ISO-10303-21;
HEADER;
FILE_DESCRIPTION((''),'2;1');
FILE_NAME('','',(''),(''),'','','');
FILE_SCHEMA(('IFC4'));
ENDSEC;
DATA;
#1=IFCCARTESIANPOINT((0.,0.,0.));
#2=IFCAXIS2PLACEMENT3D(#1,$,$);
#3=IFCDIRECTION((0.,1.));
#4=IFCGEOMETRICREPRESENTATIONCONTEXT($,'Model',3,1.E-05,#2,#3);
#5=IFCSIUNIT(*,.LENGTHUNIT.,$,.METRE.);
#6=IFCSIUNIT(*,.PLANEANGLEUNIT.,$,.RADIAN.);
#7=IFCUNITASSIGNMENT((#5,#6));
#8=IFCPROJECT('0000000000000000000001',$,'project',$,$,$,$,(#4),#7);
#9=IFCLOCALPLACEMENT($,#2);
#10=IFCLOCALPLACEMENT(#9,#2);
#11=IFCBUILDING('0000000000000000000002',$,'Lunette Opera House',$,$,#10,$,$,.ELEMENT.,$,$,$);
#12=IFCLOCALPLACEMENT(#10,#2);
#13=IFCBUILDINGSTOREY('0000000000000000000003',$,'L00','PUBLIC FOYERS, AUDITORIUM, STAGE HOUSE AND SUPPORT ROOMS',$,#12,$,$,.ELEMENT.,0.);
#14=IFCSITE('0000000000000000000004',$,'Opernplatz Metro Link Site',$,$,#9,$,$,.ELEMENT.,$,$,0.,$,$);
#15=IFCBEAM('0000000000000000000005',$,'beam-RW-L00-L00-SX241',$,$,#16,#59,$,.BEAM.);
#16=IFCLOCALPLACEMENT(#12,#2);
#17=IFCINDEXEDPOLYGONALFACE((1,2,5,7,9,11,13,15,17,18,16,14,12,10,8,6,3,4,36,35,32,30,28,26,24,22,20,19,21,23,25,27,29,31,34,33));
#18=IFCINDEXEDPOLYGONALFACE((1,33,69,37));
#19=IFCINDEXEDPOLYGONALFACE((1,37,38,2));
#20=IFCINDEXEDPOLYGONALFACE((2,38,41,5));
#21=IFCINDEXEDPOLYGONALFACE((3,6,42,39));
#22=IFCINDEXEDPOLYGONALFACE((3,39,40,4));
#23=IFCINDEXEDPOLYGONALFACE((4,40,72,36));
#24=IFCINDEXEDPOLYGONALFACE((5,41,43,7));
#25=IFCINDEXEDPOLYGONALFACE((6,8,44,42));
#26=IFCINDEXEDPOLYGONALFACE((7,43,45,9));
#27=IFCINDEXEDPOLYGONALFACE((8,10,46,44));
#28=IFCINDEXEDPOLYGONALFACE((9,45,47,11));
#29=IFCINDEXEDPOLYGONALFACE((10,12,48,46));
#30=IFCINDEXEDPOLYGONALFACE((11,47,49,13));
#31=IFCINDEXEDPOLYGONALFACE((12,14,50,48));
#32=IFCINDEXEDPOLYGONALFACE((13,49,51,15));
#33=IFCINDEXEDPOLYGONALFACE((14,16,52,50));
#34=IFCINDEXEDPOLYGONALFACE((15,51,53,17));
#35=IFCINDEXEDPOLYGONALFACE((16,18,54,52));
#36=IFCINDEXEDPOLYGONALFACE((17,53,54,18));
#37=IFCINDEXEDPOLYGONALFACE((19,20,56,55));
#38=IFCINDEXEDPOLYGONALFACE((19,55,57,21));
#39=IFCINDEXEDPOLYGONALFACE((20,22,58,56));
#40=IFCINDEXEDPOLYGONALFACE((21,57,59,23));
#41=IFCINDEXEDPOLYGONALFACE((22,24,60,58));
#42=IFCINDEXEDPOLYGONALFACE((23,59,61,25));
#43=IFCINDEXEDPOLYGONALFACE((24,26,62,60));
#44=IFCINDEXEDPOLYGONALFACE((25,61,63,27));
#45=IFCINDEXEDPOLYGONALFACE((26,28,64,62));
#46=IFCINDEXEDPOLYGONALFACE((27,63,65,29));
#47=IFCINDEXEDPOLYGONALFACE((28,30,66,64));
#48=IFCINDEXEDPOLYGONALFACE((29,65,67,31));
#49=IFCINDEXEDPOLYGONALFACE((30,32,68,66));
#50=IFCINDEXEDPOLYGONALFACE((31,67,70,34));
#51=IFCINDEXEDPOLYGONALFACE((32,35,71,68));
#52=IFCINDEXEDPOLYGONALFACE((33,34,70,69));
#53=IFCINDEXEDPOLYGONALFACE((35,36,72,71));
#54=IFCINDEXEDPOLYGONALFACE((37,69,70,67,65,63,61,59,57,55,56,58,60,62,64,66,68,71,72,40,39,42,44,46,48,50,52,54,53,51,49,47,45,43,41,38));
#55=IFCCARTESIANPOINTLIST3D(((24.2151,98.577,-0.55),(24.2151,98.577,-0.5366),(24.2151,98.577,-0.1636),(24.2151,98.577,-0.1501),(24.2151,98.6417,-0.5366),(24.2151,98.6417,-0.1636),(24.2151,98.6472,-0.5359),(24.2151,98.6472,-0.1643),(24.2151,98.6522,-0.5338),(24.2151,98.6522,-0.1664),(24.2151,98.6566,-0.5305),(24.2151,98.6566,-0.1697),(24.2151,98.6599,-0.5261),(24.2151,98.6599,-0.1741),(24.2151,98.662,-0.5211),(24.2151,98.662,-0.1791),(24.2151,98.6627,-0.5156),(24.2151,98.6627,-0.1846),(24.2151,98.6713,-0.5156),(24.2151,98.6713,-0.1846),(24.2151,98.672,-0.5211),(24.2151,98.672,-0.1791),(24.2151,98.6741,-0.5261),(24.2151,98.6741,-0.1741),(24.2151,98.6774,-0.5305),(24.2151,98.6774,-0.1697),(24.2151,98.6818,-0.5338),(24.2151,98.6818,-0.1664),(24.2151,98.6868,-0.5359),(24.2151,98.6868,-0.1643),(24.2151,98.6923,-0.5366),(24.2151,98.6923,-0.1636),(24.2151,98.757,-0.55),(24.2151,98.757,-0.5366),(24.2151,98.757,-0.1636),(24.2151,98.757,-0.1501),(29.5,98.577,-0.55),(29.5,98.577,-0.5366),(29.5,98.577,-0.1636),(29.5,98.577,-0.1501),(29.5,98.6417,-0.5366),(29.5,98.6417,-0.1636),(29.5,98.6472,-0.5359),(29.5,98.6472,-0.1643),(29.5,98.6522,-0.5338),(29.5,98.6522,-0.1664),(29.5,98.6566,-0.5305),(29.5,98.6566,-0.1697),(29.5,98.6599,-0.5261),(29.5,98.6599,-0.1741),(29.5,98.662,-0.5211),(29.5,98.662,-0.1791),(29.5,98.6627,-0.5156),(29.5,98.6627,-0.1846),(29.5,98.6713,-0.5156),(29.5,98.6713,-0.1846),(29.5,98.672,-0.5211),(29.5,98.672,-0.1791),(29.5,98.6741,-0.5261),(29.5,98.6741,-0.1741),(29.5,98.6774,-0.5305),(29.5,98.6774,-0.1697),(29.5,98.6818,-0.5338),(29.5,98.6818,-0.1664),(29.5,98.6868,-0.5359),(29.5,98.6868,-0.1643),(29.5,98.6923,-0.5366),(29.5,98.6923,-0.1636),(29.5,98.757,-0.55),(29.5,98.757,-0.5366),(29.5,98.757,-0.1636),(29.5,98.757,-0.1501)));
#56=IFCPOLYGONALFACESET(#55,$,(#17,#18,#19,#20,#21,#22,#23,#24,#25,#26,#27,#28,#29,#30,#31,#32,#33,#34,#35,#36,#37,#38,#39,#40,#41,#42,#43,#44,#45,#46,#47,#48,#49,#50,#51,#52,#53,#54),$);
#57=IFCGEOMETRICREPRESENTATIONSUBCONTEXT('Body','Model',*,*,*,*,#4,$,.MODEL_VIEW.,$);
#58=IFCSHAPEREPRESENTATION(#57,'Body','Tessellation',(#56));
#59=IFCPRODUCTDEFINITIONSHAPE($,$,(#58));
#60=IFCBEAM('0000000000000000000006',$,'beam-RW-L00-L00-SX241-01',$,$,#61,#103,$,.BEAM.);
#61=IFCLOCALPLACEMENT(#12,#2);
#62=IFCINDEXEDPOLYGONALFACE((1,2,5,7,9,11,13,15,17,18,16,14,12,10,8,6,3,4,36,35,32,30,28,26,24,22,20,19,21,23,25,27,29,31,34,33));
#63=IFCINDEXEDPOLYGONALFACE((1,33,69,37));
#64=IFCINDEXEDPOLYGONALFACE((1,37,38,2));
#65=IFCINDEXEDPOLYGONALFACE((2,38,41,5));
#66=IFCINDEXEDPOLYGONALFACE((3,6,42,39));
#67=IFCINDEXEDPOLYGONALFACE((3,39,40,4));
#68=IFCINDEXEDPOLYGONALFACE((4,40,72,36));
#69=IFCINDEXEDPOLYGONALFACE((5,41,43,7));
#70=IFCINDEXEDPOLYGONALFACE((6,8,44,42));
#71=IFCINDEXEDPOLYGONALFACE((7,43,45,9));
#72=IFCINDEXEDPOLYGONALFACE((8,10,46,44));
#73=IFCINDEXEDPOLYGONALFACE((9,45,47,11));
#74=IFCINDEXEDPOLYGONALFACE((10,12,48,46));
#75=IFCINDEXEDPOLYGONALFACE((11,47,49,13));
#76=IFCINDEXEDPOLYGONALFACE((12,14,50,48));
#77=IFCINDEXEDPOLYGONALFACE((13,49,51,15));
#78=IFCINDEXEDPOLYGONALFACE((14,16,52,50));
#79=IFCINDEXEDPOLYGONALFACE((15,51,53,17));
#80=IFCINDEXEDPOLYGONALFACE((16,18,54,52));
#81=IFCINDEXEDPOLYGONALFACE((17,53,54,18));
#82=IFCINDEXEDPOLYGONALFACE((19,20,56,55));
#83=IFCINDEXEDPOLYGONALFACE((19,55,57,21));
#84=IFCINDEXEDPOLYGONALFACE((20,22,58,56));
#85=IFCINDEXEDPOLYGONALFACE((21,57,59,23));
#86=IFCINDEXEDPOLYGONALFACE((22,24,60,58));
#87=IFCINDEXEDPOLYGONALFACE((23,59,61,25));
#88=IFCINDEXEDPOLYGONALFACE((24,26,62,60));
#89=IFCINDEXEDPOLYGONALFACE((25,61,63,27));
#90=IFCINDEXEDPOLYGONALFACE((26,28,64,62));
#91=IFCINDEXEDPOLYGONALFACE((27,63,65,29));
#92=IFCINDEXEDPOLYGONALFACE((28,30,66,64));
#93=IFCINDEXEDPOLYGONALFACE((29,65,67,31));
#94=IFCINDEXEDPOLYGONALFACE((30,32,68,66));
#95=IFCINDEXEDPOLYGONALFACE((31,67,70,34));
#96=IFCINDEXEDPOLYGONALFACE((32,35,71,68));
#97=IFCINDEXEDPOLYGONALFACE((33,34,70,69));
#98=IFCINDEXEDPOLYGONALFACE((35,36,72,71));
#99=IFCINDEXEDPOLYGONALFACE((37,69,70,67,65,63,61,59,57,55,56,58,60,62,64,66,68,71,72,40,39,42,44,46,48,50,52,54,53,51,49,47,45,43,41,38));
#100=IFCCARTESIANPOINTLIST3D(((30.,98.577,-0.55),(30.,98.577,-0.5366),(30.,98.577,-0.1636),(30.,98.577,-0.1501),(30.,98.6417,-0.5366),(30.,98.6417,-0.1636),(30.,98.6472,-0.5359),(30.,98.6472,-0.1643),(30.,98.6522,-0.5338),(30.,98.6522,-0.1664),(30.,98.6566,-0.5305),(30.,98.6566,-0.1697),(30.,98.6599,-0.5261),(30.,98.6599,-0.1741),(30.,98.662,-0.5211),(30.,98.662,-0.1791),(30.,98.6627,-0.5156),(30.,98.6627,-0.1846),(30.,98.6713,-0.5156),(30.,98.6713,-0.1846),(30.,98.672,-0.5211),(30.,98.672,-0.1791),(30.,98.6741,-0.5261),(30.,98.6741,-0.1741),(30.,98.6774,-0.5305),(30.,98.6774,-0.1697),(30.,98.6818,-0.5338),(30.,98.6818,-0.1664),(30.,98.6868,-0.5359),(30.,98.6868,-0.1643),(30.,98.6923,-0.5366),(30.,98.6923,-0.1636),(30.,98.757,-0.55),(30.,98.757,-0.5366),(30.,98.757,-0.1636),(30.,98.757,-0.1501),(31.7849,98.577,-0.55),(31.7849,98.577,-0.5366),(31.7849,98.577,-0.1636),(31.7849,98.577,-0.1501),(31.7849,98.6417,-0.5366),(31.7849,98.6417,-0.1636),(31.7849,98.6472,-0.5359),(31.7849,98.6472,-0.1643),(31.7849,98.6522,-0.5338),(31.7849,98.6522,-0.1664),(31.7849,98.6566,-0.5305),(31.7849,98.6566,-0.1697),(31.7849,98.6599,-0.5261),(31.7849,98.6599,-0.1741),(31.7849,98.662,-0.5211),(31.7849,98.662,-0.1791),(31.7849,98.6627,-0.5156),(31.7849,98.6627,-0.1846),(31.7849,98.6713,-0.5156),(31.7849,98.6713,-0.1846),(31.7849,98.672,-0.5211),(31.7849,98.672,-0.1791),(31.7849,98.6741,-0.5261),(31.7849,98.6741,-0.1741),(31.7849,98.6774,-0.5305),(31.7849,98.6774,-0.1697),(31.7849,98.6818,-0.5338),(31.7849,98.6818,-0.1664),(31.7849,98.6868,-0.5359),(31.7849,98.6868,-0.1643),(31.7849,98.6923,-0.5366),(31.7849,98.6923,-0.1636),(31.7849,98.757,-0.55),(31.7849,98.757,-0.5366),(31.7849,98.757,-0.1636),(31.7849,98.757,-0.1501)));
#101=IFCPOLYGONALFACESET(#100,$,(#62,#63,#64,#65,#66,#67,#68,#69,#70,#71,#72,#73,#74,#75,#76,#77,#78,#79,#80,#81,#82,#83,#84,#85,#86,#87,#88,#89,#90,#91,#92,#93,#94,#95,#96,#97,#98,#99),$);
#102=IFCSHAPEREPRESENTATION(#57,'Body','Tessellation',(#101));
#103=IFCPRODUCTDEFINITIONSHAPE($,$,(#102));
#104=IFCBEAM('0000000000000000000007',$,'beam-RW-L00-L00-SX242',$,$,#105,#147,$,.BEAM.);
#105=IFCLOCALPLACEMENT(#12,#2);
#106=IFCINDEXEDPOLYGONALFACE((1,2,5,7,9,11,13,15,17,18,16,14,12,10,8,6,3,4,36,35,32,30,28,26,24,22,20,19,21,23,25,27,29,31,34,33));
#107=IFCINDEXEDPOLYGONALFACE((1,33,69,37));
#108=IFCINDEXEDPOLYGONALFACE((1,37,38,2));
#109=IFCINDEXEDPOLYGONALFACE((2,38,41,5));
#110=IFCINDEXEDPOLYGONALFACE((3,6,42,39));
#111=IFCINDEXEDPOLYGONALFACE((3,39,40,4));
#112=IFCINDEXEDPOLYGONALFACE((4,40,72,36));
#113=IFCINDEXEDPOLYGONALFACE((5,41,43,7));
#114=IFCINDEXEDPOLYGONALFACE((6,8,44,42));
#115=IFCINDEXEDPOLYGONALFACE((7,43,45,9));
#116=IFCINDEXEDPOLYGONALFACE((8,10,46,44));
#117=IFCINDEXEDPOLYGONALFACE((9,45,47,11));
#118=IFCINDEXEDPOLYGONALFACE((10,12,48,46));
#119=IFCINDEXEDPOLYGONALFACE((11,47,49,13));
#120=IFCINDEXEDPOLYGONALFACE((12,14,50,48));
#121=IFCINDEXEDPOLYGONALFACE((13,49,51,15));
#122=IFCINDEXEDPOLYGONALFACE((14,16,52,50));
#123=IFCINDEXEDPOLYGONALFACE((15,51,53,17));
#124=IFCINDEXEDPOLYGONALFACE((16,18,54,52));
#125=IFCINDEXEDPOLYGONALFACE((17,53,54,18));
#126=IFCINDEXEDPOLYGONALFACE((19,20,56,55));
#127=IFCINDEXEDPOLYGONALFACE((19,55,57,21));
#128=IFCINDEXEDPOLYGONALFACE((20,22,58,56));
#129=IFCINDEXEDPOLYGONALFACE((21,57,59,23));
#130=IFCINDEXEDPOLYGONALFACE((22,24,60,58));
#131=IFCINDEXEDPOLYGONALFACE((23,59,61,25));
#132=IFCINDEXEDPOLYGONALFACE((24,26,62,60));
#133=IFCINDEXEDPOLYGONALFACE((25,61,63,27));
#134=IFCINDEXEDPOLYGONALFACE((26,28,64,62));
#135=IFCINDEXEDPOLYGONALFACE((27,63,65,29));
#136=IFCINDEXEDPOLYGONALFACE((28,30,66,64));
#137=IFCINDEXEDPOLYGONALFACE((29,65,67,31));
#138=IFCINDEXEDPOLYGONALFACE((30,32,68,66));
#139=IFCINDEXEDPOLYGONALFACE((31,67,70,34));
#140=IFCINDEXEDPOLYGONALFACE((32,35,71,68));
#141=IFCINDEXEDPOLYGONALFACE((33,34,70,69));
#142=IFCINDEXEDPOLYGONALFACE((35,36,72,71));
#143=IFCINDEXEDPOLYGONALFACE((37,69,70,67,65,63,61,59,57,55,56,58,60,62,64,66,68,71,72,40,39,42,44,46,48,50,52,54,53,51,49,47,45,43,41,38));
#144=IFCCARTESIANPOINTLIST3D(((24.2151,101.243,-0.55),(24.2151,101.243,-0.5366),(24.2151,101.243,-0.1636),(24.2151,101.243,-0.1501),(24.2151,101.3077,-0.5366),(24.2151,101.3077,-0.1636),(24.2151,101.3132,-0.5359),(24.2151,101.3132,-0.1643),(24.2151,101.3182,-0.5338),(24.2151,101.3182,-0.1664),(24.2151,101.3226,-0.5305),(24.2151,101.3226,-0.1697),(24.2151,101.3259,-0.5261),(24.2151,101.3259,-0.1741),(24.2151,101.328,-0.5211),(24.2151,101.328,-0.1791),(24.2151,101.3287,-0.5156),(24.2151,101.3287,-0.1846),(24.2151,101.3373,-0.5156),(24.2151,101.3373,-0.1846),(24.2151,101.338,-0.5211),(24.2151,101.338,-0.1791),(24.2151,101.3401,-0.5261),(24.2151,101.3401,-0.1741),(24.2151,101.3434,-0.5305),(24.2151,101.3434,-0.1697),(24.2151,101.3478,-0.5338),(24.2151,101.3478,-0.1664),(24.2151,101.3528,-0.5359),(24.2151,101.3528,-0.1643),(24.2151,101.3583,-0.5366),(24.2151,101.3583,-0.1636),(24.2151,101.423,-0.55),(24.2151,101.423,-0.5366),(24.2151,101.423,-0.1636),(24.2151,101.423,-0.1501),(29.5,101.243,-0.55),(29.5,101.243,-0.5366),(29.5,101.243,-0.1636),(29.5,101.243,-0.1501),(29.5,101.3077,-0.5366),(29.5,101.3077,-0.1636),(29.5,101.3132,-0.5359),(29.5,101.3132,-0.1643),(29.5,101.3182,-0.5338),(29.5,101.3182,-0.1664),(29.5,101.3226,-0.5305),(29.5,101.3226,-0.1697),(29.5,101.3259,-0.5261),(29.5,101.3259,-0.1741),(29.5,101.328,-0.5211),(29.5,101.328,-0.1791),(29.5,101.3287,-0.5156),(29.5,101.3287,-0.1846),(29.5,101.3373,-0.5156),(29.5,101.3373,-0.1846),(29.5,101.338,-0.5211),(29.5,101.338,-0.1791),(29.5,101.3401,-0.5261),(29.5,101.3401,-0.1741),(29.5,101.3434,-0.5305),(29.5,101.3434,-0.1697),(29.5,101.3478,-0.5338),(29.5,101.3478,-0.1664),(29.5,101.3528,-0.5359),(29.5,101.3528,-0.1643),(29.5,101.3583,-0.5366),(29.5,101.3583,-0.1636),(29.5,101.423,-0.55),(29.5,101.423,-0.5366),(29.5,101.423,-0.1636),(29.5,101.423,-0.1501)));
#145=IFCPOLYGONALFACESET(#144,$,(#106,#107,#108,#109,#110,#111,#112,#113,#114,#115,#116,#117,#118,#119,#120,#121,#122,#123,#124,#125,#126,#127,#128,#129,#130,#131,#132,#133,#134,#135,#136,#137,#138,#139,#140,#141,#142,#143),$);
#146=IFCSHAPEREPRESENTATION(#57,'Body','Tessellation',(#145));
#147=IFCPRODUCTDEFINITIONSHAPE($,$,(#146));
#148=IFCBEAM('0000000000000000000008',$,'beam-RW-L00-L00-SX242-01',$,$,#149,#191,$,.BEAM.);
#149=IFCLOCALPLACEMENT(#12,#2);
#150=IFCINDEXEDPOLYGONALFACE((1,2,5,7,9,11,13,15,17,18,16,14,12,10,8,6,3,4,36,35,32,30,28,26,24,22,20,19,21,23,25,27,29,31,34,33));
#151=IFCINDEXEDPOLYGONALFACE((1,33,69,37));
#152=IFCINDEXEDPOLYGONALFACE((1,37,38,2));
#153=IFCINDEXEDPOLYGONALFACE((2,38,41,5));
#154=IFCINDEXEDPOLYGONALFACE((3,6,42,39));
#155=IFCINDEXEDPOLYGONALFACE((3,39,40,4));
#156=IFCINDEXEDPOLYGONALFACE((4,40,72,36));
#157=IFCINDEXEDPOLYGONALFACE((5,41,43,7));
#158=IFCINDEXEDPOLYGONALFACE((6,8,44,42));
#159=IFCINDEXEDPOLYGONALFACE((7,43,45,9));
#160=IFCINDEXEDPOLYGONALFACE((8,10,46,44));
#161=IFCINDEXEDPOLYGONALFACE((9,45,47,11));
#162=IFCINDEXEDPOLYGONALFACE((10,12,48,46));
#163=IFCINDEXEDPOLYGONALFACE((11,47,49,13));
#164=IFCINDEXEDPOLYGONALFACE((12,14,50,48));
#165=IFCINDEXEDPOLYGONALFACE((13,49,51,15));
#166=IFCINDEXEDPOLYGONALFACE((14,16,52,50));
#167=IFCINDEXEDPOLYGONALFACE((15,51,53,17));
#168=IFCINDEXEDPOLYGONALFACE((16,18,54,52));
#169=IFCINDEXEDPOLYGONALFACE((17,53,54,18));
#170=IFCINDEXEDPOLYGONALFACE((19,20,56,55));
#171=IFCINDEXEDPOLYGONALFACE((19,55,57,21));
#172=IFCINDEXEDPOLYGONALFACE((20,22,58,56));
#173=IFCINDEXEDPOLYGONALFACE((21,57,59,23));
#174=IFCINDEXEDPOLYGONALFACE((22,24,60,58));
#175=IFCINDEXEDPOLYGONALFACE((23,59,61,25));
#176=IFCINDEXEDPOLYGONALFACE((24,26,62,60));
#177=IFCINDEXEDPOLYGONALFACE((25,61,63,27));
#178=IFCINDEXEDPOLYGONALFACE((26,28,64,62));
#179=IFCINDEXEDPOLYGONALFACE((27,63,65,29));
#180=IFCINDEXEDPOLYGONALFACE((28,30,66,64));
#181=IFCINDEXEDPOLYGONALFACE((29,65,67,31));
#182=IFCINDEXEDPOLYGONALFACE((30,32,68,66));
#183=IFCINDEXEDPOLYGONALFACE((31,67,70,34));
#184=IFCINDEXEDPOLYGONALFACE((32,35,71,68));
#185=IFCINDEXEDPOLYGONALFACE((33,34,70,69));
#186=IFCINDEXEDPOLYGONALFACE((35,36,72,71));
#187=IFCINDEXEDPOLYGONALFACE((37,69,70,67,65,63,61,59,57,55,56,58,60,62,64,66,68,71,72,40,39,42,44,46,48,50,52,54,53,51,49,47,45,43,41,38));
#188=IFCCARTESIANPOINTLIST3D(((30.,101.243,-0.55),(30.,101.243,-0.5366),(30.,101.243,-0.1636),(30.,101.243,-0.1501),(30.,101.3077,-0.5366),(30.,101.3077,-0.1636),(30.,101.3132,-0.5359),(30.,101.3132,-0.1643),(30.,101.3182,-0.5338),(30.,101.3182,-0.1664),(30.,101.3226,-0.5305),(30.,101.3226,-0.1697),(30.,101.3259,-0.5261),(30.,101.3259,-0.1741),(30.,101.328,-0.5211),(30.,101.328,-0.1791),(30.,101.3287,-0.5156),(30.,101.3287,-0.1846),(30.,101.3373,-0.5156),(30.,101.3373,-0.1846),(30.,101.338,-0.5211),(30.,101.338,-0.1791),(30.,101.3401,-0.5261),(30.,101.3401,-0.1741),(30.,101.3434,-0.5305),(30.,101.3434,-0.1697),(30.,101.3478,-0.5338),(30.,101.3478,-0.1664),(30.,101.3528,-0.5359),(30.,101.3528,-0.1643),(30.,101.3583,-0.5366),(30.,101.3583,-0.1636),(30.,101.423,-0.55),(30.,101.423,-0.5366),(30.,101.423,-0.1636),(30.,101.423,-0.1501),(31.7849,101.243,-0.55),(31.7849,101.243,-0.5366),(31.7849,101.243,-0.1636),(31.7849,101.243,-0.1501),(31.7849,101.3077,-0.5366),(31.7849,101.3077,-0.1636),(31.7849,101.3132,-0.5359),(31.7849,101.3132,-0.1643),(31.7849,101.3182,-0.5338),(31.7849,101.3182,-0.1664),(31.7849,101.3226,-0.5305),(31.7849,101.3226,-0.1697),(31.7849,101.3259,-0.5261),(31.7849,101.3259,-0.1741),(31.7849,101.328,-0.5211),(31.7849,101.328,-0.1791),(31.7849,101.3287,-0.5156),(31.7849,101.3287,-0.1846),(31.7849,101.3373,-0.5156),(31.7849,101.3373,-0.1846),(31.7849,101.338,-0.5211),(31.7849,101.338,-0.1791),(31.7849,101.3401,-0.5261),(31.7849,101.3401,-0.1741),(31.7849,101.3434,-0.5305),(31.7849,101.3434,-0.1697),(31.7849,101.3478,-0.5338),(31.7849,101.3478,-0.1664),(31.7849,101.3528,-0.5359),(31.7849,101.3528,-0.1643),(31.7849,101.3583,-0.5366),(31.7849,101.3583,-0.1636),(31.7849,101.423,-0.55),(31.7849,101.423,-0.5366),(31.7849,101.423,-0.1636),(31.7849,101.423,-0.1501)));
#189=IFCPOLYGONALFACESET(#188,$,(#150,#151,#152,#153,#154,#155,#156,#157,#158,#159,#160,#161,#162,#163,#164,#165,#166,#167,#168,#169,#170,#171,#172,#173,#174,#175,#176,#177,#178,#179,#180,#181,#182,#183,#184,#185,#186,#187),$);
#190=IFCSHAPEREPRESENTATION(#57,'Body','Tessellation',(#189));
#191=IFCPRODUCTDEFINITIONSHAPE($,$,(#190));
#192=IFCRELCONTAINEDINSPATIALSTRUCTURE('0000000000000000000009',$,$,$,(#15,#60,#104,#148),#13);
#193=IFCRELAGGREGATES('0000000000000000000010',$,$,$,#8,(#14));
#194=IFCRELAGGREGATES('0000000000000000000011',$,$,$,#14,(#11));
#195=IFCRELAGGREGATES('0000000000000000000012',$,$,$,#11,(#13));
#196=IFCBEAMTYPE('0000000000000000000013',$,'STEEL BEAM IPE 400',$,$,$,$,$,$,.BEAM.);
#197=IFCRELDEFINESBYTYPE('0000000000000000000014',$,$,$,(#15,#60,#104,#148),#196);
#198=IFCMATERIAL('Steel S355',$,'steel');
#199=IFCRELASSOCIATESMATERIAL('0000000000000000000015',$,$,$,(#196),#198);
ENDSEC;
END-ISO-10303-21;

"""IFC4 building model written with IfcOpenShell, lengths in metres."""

from ifc_helpers import new_model, si_unit, direction, frame, origin, origin_2d, place, context, subcontext, project, spatial, i_section, extrude, material, material_profile, profile_set, type_object, element, save


model = new_model("IFC4")

# Units and contexts
model_context = context("Model", 3, precision=1e-05, world=origin(), true_north=direction((0.0, 1.0)))
body_context = subcontext(model_context, "Body", "Model", "MODEL_VIEW")
ifc_project = project(units=[si_unit("LENGTHUNIT", "METRE"), si_unit("PLANEANGLEUNIT", "RADIAN")], contexts=[model_context])

# Site, building, storey
site_placement = place(None, origin())
site = spatial("IfcSite", under=ifc_project, at=site_placement, Name="Opernplatz Metro Link Site", CompositionType="ELEMENT", RefElevation=0.0)
building_placement = place(site_placement, origin())
building = spatial("IfcBuilding", under=site, at=building_placement, Name="Lunette Opera House", CompositionType="ELEMENT")
storey_placement = place(building_placement, origin())
storey = spatial("IfcBuildingStorey", under=building, at=storey_placement, Name="L00", Description="PUBLIC FOYERS, AUDITORIUM, STAGE HOUSE AND SUPPORT ROOMS", CompositionType="ELEMENT", Elevation=0.0)

# Beams
ifc_material_1 = material(Name="Steel S355", Category="steel")
ifc_material_profile_1 = material_profile(ifc_material_1, i_section(OverallWidth=0.1799, OverallDepth=0.3999, WebThickness=0.0085, FlangeThickness=0.0134, FilletRadius=0.021, at=origin_2d()), Name="IPE 400")
ifc_profile_set_1 = profile_set([ifc_material_profile_1], Name="Steel S355")
beam_type_1 = type_object("IfcBeamType", Name="STEEL BEAM IPE 400", PredefinedType="BEAM", material=ifc_profile_set_1)
beam_1_placement = place(storey_placement, frame((24.2151, 98.667, -0.3501), z_axis=(1.0, 0.0, 0.0), x_axis=(0.0, 1.0, 0.0)))
element("IfcBeam", 1, at=beam_1_placement, inside=storey, type_object=beam_type_1, Name="beam-RW-L00-L00-SX241", PredefinedType="BEAM", context=body_context, shape_type="SweptSolid", body=[
    extrude(i_section(OverallWidth=0.1799, OverallDepth=0.3999, WebThickness=0.0085, FlangeThickness=0.0134, FilletRadius=0.021, at=origin_2d()), origin(), (0.0, 0.0, 1.0), 5.2849),
])
beam_2_placement = place(storey_placement, frame((30.0, 98.667, -0.3501), z_axis=(1.0, 0.0, 0.0), x_axis=(0.0, 1.0, 0.0)))
element("IfcBeam", 2, at=beam_2_placement, inside=storey, type_object=beam_type_1, Name="beam-RW-L00-L00-SX241-01", PredefinedType="BEAM", context=body_context, shape_type="SweptSolid", body=[
    extrude(i_section(OverallWidth=0.1799, OverallDepth=0.3999, WebThickness=0.0085, FlangeThickness=0.0134, FilletRadius=0.021, at=origin_2d()), origin(), (0.0, 0.0, 1.0), 1.7849),
])
beam_3_placement = place(storey_placement, frame((24.2151, 101.333, -0.3501), z_axis=(1.0, 0.0, 0.0), x_axis=(0.0, 1.0, 0.0)))
element("IfcBeam", 3, at=beam_3_placement, inside=storey, type_object=beam_type_1, Name="beam-RW-L00-L00-SX242", PredefinedType="BEAM", context=body_context, shape_type="SweptSolid", body=[
    extrude(i_section(OverallWidth=0.1799, OverallDepth=0.3999, WebThickness=0.0085, FlangeThickness=0.0134, FilletRadius=0.021, at=origin_2d()), origin(), (0.0, 0.0, 1.0), 5.2849),
])
beam_4_placement = place(storey_placement, frame((30.0, 101.333, -0.3501), z_axis=(1.0, 0.0, 0.0), x_axis=(0.0, 1.0, 0.0)))
element("IfcBeam", 4, at=beam_4_placement, inside=storey, type_object=beam_type_1, Name="beam-RW-L00-L00-SX242-01", PredefinedType="BEAM", context=body_context, shape_type="SweptSolid", body=[
    extrude(i_section(OverallWidth=0.1799, OverallDepth=0.3999, WebThickness=0.0085, FlangeThickness=0.0134, FilletRadius=0.021, at=origin_2d()), origin(), (0.0, 0.0, 1.0), 1.7849),
])

save(model, "model.ifc")
